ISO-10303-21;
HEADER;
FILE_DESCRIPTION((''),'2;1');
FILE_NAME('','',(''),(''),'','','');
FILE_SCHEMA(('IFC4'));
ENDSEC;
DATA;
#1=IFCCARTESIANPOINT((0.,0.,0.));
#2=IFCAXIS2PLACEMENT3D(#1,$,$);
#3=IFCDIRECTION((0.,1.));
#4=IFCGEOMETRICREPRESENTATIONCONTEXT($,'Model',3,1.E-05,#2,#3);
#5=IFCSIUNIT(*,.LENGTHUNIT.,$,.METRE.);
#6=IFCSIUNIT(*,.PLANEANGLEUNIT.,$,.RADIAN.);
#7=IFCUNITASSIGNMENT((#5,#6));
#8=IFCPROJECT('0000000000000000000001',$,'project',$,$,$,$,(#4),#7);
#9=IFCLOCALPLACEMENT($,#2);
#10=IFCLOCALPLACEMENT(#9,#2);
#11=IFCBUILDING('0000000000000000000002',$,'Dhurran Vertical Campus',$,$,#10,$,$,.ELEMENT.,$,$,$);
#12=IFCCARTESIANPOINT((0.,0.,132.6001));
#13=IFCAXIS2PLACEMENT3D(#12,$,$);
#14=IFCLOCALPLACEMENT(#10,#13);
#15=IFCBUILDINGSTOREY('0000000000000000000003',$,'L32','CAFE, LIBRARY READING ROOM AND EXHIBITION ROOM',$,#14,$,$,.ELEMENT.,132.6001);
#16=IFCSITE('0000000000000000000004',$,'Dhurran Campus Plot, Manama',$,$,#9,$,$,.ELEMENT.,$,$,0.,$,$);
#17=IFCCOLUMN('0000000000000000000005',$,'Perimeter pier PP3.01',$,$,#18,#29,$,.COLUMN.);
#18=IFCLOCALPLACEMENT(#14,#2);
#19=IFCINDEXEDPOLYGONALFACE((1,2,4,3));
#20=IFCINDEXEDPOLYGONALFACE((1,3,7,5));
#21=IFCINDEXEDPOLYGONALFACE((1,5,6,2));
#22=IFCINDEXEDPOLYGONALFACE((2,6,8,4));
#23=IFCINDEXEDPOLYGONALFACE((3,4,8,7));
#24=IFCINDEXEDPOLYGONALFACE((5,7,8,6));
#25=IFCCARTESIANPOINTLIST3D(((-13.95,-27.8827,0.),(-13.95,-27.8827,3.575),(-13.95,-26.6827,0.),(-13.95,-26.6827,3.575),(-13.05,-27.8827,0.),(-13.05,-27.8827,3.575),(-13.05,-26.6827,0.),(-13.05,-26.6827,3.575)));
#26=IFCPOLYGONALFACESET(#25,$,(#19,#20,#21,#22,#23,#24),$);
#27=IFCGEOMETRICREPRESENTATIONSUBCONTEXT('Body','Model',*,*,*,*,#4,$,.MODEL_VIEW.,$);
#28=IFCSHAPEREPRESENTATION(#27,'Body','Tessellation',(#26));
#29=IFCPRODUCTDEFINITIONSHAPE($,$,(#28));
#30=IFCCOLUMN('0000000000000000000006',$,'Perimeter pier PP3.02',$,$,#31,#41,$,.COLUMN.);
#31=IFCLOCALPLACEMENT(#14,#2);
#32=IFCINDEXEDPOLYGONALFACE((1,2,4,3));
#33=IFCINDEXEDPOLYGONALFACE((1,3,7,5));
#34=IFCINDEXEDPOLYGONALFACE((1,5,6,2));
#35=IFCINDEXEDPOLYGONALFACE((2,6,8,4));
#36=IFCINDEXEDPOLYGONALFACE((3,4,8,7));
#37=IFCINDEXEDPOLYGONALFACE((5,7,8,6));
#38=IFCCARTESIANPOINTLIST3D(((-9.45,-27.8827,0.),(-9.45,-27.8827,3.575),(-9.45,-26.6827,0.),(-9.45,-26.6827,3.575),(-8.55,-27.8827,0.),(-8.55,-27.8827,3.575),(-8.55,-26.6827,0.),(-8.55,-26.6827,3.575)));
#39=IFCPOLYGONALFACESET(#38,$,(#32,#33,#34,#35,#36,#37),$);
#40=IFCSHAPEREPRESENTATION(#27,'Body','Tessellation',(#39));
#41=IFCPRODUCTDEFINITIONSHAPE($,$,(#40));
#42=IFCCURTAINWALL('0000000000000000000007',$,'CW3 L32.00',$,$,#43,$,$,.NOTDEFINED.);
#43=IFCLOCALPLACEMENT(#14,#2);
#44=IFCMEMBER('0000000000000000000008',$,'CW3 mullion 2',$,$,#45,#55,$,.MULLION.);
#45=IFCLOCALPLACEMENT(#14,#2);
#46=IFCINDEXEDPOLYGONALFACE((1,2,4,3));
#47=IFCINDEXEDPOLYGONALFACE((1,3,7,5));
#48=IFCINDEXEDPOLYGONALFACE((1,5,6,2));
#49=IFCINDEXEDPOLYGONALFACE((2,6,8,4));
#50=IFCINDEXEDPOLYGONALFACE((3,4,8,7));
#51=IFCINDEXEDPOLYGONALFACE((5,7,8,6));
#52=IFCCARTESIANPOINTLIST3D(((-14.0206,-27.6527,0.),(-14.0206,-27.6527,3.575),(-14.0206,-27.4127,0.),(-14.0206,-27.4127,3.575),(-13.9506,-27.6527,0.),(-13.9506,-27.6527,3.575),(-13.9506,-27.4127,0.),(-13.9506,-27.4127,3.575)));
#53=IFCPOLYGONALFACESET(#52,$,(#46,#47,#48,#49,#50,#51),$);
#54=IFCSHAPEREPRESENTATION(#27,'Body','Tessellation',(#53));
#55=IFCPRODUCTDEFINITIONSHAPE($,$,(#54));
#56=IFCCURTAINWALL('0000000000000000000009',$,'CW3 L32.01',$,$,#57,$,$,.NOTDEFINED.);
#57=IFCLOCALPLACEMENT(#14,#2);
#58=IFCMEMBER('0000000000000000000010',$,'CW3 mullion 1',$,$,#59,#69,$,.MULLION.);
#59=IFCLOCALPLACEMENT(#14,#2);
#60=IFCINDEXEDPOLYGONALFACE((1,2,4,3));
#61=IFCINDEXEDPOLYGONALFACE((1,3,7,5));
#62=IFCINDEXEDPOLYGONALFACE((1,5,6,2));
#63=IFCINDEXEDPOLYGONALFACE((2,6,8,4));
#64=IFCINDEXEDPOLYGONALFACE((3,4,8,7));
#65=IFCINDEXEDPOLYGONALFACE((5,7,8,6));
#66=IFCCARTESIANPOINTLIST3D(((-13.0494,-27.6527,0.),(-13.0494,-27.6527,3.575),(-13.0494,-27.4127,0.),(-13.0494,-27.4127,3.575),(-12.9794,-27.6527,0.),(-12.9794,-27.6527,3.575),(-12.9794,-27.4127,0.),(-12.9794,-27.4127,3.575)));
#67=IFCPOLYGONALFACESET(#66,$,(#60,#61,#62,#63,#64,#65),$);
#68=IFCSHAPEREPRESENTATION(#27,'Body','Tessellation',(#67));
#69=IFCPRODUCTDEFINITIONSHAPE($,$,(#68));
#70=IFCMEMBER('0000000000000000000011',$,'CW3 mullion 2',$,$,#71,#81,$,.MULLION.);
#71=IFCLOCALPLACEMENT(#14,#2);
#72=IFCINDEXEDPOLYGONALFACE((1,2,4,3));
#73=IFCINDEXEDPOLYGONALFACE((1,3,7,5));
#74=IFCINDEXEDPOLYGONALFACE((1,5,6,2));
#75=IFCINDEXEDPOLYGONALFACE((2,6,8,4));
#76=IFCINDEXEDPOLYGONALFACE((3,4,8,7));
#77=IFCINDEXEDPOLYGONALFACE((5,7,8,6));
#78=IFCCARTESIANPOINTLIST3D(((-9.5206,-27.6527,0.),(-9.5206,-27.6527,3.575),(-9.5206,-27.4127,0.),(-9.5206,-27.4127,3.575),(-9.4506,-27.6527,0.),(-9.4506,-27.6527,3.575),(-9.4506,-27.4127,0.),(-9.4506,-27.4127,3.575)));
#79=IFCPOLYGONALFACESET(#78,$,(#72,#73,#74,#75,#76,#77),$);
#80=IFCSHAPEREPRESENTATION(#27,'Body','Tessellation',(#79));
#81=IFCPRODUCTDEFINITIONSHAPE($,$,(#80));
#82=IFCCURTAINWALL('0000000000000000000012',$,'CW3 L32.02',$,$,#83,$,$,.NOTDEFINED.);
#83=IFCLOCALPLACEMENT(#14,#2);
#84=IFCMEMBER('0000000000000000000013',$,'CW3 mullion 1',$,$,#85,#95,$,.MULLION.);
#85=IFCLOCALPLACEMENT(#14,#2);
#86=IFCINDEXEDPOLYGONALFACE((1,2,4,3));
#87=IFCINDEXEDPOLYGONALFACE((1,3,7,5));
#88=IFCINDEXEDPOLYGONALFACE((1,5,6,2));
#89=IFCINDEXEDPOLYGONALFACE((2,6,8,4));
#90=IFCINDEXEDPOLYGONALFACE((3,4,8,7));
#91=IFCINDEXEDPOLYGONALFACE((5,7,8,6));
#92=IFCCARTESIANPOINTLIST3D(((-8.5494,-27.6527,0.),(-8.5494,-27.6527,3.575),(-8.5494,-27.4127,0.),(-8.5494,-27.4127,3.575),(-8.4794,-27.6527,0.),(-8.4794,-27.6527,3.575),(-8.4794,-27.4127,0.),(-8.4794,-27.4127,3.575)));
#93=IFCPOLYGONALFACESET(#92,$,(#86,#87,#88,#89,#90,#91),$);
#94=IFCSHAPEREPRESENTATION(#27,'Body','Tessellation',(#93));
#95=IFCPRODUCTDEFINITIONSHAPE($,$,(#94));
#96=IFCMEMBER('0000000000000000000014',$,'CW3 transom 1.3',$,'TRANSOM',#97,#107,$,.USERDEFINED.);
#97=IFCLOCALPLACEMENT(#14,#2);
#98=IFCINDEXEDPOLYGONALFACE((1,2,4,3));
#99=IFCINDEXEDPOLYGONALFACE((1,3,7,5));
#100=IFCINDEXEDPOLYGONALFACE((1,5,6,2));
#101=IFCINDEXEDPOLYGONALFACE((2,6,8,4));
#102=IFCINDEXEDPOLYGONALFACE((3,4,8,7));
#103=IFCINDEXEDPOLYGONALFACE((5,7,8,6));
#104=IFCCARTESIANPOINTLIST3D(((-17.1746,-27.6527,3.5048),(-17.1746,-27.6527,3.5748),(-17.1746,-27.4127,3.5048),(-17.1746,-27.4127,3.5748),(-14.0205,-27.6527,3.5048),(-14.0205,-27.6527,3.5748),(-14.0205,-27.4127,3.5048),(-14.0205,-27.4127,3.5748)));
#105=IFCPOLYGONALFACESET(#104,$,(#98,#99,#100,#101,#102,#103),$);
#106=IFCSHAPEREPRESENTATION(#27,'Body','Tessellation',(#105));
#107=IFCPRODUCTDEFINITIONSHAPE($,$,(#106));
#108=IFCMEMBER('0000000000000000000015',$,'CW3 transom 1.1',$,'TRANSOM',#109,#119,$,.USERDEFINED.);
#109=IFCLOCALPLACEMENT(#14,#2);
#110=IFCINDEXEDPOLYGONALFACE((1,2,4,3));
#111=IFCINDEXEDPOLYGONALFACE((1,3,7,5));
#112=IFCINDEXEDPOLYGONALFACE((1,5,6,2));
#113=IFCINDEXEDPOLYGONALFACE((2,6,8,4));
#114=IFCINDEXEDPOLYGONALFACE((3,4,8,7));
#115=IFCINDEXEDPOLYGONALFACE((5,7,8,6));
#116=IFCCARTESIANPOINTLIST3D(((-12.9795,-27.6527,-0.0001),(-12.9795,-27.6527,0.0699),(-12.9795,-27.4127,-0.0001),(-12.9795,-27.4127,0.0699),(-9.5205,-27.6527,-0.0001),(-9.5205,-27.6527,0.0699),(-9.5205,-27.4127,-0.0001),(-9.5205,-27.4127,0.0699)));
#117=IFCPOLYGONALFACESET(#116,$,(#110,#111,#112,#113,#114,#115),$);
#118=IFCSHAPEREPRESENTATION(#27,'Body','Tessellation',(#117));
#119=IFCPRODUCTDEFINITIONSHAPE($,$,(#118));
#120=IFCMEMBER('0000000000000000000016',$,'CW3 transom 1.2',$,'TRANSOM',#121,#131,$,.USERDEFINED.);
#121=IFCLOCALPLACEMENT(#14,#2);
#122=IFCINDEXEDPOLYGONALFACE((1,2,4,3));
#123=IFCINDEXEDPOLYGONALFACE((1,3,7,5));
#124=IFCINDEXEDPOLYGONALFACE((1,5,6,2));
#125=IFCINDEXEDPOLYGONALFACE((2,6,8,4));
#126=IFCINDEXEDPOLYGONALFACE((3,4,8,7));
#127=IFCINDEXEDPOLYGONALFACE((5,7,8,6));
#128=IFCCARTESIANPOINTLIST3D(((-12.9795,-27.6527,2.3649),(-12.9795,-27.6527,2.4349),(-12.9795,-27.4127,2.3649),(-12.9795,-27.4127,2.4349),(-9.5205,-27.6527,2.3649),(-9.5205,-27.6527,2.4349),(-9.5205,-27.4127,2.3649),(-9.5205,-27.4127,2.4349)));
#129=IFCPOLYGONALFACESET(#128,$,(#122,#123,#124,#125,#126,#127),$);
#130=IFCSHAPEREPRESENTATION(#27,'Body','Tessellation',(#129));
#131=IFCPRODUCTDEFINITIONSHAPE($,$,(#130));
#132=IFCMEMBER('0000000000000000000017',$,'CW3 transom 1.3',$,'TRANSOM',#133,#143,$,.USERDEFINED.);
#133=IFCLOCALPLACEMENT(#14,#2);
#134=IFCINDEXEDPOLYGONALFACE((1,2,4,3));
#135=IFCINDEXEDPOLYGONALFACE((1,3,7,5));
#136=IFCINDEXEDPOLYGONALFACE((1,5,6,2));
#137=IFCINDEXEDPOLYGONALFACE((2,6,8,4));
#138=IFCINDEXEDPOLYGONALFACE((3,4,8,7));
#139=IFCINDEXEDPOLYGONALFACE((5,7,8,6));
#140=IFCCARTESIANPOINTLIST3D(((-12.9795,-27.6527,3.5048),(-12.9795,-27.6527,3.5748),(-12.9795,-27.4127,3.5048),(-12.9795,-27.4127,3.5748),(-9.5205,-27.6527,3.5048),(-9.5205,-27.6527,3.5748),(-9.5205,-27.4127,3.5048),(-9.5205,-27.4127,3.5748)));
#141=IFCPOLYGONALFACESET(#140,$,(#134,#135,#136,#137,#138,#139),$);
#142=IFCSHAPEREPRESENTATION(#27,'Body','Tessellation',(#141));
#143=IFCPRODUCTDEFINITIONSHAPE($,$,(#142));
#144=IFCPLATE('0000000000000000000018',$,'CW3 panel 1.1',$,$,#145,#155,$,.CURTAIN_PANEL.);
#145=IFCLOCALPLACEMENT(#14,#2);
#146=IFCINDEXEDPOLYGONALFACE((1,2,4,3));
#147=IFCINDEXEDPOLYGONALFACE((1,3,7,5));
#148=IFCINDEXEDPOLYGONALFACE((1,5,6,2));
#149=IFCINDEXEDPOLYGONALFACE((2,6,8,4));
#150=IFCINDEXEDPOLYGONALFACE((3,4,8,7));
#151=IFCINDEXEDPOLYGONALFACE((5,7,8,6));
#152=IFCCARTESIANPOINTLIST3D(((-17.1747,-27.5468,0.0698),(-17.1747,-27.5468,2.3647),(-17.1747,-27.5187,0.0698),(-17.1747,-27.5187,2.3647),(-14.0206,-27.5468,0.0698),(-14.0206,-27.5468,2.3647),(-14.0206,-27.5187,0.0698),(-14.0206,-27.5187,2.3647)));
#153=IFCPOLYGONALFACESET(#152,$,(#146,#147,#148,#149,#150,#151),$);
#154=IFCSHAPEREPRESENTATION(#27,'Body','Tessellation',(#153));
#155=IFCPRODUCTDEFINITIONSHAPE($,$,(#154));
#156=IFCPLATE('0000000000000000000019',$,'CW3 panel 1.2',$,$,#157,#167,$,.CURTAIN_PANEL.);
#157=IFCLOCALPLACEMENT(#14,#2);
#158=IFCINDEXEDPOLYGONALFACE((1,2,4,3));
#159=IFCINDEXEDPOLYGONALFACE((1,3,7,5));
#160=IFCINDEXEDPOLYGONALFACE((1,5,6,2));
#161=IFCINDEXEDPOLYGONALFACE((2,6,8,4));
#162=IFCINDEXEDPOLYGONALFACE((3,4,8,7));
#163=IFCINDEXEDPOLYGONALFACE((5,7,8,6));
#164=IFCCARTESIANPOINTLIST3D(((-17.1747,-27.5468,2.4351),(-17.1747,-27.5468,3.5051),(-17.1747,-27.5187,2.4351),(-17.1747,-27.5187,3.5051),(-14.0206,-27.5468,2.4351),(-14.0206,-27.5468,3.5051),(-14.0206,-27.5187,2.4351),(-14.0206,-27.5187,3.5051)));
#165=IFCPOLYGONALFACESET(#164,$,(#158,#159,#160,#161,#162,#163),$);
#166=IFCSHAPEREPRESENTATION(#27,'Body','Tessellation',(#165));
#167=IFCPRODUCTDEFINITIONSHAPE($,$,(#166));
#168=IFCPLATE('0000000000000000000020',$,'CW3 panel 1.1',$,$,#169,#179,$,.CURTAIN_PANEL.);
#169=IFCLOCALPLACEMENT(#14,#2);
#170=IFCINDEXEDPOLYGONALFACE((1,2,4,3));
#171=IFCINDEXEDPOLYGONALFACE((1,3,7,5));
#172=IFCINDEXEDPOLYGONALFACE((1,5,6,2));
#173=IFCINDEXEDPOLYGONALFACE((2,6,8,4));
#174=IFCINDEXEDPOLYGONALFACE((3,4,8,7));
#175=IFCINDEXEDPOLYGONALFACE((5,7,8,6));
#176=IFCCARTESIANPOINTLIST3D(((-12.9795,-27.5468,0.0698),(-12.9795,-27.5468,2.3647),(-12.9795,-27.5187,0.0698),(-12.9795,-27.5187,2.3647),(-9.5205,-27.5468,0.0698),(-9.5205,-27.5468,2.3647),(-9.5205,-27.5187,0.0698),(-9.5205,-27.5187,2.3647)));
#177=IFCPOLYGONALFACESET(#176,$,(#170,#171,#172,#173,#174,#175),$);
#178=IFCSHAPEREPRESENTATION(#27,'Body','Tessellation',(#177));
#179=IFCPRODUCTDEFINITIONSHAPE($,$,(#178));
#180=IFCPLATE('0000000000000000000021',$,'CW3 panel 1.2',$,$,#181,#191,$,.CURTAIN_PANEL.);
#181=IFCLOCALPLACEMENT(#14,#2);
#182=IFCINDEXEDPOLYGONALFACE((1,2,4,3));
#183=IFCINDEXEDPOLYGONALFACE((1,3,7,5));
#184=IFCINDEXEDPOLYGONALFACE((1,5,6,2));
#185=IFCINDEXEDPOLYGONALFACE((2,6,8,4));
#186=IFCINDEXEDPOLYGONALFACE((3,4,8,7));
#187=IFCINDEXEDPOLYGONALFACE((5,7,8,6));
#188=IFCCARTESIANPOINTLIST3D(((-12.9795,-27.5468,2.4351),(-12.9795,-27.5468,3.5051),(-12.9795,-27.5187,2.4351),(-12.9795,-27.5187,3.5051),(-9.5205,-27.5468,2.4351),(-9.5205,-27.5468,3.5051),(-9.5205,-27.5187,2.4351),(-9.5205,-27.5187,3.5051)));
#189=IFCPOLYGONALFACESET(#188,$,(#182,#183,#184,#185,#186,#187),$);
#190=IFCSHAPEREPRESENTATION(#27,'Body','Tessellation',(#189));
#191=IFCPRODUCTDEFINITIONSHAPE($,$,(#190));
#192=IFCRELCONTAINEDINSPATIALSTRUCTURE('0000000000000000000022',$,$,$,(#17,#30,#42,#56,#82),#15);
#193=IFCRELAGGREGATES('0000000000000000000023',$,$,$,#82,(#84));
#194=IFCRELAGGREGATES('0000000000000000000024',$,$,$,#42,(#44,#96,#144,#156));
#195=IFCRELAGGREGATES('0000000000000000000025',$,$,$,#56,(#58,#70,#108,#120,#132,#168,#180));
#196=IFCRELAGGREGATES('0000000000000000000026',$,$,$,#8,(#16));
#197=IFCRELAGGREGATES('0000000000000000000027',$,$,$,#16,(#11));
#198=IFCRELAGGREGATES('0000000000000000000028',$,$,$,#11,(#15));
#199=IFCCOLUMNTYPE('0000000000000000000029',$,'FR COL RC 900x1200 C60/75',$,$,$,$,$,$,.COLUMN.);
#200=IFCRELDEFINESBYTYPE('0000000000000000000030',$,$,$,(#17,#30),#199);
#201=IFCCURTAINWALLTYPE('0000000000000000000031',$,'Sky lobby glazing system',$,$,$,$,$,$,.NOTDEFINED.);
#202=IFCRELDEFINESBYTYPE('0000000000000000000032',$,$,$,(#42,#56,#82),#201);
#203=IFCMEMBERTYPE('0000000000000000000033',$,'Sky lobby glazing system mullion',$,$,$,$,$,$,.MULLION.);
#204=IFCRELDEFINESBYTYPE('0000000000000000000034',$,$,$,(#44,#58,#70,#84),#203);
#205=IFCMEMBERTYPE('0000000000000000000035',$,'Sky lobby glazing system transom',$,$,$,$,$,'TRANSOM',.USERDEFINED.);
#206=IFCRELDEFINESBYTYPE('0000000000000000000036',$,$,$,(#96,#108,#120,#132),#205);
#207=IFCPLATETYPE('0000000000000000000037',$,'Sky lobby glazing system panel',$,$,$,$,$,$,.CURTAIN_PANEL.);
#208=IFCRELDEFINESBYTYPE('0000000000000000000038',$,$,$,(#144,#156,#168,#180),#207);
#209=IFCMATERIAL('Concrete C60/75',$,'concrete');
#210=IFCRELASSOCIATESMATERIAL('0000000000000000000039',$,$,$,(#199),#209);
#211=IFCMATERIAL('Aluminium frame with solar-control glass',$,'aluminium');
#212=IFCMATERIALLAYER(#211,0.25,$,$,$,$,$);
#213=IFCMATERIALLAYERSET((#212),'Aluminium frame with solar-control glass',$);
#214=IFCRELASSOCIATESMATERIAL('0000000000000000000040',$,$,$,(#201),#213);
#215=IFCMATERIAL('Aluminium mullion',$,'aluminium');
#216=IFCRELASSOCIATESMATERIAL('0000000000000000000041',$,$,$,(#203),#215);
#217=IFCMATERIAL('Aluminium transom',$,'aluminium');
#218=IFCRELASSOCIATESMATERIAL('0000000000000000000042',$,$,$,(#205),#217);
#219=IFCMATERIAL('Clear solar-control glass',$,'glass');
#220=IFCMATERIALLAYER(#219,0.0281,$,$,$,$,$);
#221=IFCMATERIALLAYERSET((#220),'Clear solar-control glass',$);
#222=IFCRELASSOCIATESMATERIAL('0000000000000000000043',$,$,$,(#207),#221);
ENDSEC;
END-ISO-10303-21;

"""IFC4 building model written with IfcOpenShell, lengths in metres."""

from ifc_helpers import new_model, si_unit, direction, frame, origin, origin_2d, place, context, subcontext, project, spatial, rectangle, extrude, material, layer, layer_set, material_profile, profile_set, type_object, element, aggregate, save


model = new_model("IFC4")

# Units and contexts
model_context = context("Model", 3, precision=1e-05, world=origin(), true_north=direction((0.0, 1.0)))
body_context = subcontext(model_context, "Body", "Model", "MODEL_VIEW")
ifc_project = project(units=[si_unit("LENGTHUNIT", "METRE"), si_unit("PLANEANGLEUNIT", "RADIAN")], contexts=[model_context])

# Site, building, storey
site_placement = place(None, origin())
site = spatial("IfcSite", under=ifc_project, at=site_placement, Name="Dhurran Campus Plot, Manama", CompositionType="ELEMENT", RefElevation=0.0)
building_placement = place(site_placement, origin())
building = spatial("IfcBuilding", under=site, at=building_placement, Name="Dhurran Vertical Campus", CompositionType="ELEMENT")
storey_placement = place(building_placement, frame((0.0, 0.0, 132.6001)))
storey = spatial("IfcBuildingStorey", under=building, at=storey_placement, Name="L32", Description="CAFE, LIBRARY READING ROOM AND EXHIBITION ROOM", CompositionType="ELEMENT", Elevation=132.6001)

# Columns
ifc_material_1 = material(Name="Concrete C60/75", Category="concrete")
ifc_material_profile_1 = material_profile(ifc_material_1, rectangle(XDim=0.8999, YDim=1.2, at=origin_2d()), Name="RC 900x1200")
ifc_profile_set_1 = profile_set([ifc_material_profile_1], Name="Concrete C60/75")
column_type = type_object("IfcColumnType", Name="FR COL RC 900x1200 C60/75", PredefinedType="COLUMN", material=ifc_profile_set_1)
for number, where, z_axis, x_axis, name in (
    (1, (-13.5, -27.2827, 0.0), (0.0, 0.0, 1.0), (1.0, 0.0, 0.0), "Perimeter pier PP3.01"),
    (2, (-9.0, -27.2827, 0.0), (0.0, 0.0, 1.0), (1.0, 0.0, 0.0), "Perimeter pier PP3.02"),
):
    element("IfcColumn", number, at=place(storey_placement, frame(where, z_axis=z_axis, x_axis=x_axis)), inside=storey, type_object=column_type, Name=name, PredefinedType="COLUMN", context=body_context, shape_type="SweptSolid", body=[
        extrude(rectangle(XDim=0.8999, YDim=1.2, at=origin_2d()), origin(), (0.0, 0.0, 1.0), 3.575),
    ])

# Curtain wall, member
ifc_material_2 = material(Name="Aluminium frame with solar-control glass", Category="aluminium")
ifc_layer_1 = layer(ifc_material_2, 0.25)
ifc_layer_set_1 = layer_set([ifc_layer_1], Name="Aluminium frame with solar-control glass")
curtain_wall_type = type_object("IfcCurtainWallType", Name="Sky lobby glazing system", PredefinedType="NOTDEFINED", material=ifc_layer_set_1)
curtain_wall_1_placement = place(storey_placement, origin())
curtain_wall_1 = element("IfcCurtainWall", 3, at=curtain_wall_1_placement, inside=storey, type_object=curtain_wall_type, Name="CW3 L32.00", PredefinedType="NOTDEFINED")
ifc_material_3 = material(Name="Aluminium mullion", Category="aluminium")
ifc_material_profile_2 = material_profile(ifc_material_3, rectangle(XDim=0.24, YDim=0.0701, at=origin_2d()), Name="Sky lobby glazing system mullion")
ifc_profile_set_2 = profile_set([ifc_material_profile_2], Name="Aluminium mullion")
member_type_1 = type_object("IfcMemberType", Name="Sky lobby glazing system mullion", PredefinedType="MULLION", material=ifc_profile_set_2)
member_1_placement = place(storey_placement, frame((-13.9856, -27.5327, 0.0), z_axis=(0.0, 0.0, 1.0), x_axis=(0.0, 1.0, 0.0)))
member_1 = element("IfcMember", 4, at=member_1_placement, type_object=member_type_1, Name="CW3 mullion 2", PredefinedType="MULLION", context=body_context, shape_type="SweptSolid", body=[
    extrude(rectangle(XDim=0.24, YDim=0.0701, at=origin_2d()), origin(), (0.0, 0.0, 1.0), 3.575),
])

# Curtain wall, members
curtain_wall_2_placement = place(storey_placement, origin())
curtain_wall_2 = element("IfcCurtainWall", 5, at=curtain_wall_2_placement, inside=storey, type_object=curtain_wall_type, Name="CW3 L32.01", PredefinedType="NOTDEFINED")
member_2_placement = place(storey_placement, frame((-13.0144, -27.5327, 0.0), z_axis=(0.0, 0.0, 1.0), x_axis=(0.0, 1.0, 0.0)))
member_2 = element("IfcMember", 6, at=member_2_placement, type_object=member_type_1, Name="CW3 mullion 1", PredefinedType="MULLION", context=body_context, shape_type="SweptSolid", body=[
    extrude(rectangle(XDim=0.24, YDim=0.0701, at=origin_2d()), origin(), (0.0, 0.0, 1.0), 3.575),
])
member_3_placement = place(storey_placement, frame((-9.4856, -27.5327, 0.0), z_axis=(0.0, 0.0, 1.0), x_axis=(0.0, 1.0, 0.0)))
member_3 = element("IfcMember", 7, at=member_3_placement, type_object=member_type_1, Name="CW3 mullion 2", PredefinedType="MULLION", context=body_context, shape_type="SweptSolid", body=[
    extrude(rectangle(XDim=0.24, YDim=0.0701, at=origin_2d()), origin(), (0.0, 0.0, 1.0), 3.575),
])

# Curtain wall, member
curtain_wall_3_placement = place(storey_placement, origin())
curtain_wall_3 = element("IfcCurtainWall", 8, at=curtain_wall_3_placement, inside=storey, type_object=curtain_wall_type, Name="CW3 L32.02", PredefinedType="NOTDEFINED")
member_4_placement = place(storey_placement, frame((-8.5144, -27.5327, 0.0), z_axis=(0.0, 0.0, 1.0), x_axis=(0.0, 1.0, 0.0)))
member_4 = element("IfcMember", 9, at=member_4_placement, type_object=member_type_1, Name="CW3 mullion 1", PredefinedType="MULLION", context=body_context, shape_type="SweptSolid", body=[
    extrude(rectangle(XDim=0.24, YDim=0.0701, at=origin_2d()), origin(), (0.0, 0.0, 1.0), 3.575),
])
aggregate(curtain_wall_3, [member_4])

# Members
ifc_material_4 = material(Name="Aluminium transom", Category="aluminium")
ifc_material_profile_3 = material_profile(ifc_material_4, rectangle(XDim=0.24, YDim=0.0701, at=origin_2d()), Name="Sky lobby glazing system transom")
ifc_profile_set_3 = profile_set([ifc_material_profile_3], Name="Aluminium transom")
member_type_2 = type_object("IfcMemberType", Name="Sky lobby glazing system transom", ElementType="TRANSOM", PredefinedType="USERDEFINED", material=ifc_profile_set_3)
member_5_placement = place(storey_placement, frame((-17.1746, -27.5327, 3.5398), z_axis=(1.0, 0.0, 0.0), x_axis=(0.0, 1.0, 0.0)))
member_5 = element("IfcMember", 10, at=member_5_placement, type_object=member_type_2, Name="CW3 transom 1.3", ObjectType="TRANSOM", PredefinedType="USERDEFINED", context=body_context, shape_type="SweptSolid", body=[
    extrude(rectangle(XDim=0.24, YDim=0.0701, at=origin_2d()), origin(), (0.0, 0.0, 1.0), 3.1541),
])
member_6_placement = place(storey_placement, frame((-12.9795, -27.5327, 0.0349), z_axis=(1.0, 0.0, 0.0), x_axis=(0.0, 1.0, 0.0)))
member_6 = element("IfcMember", 11, at=member_6_placement, type_object=member_type_2, Name="CW3 transom 1.1", ObjectType="TRANSOM", PredefinedType="USERDEFINED", context=body_context, shape_type="SweptSolid", body=[
    extrude(rectangle(XDim=0.24, YDim=0.0701, at=origin_2d()), origin(), (0.0, 0.0, 1.0), 3.459),
])
member_7_placement = place(storey_placement, frame((-12.9795, -27.5327, 2.3999), z_axis=(1.0, 0.0, 0.0), x_axis=(0.0, 1.0, 0.0)))
member_7 = element("IfcMember", 12, at=member_7_placement, type_object=member_type_2, Name="CW3 transom 1.2", ObjectType="TRANSOM", PredefinedType="USERDEFINED", context=body_context, shape_type="SweptSolid", body=[
    extrude(rectangle(XDim=0.24, YDim=0.0701, at=origin_2d()), origin(), (0.0, 0.0, 1.0), 3.459),
])
member_8_placement = place(storey_placement, frame((-12.9795, -27.5327, 3.5398), z_axis=(1.0, 0.0, 0.0), x_axis=(0.0, 1.0, 0.0)))
member_8 = element("IfcMember", 13, at=member_8_placement, type_object=member_type_2, Name="CW3 transom 1.3", ObjectType="TRANSOM", PredefinedType="USERDEFINED", context=body_context, shape_type="SweptSolid", body=[
    extrude(rectangle(XDim=0.24, YDim=0.0701, at=origin_2d()), origin(), (0.0, 0.0, 1.0), 3.459),
])

# Plates
ifc_material_5 = material(Name="Clear solar-control glass", Category="glass")
ifc_layer_2 = layer(ifc_material_5, 0.0281)
ifc_layer_set_2 = layer_set([ifc_layer_2], Name="Clear solar-control glass")
plate_type = type_object("IfcPlateType", Name="Sky lobby glazing system panel", PredefinedType="CURTAIN_PANEL", material=ifc_layer_set_2)
plate_1_placement = place(storey_placement, frame((-15.5977, -27.5327, 0.0698), z_axis=(0.0, 0.0, 1.0), x_axis=(1.0, 0.0, 0.0)))
plate_1 = element("IfcPlate", 14, at=plate_1_placement, type_object=plate_type, Name="CW3 panel 1.1", PredefinedType="CURTAIN_PANEL", context=body_context, shape_type="SweptSolid", body=[
    extrude(rectangle(XDim=3.1541, YDim=0.0281, at=origin_2d()), origin(), (0.0, 0.0, 1.0), 2.2949),
])
plate_2_placement = place(storey_placement, frame((-15.5977, -27.5327, 2.4351), z_axis=(0.0, 0.0, 1.0), x_axis=(1.0, 0.0, 0.0)))
plate_2 = element("IfcPlate", 15, at=plate_2_placement, type_object=plate_type, Name="CW3 panel 1.2", PredefinedType="CURTAIN_PANEL", context=body_context, shape_type="SweptSolid", body=[
    extrude(rectangle(XDim=3.1541, YDim=0.0281, at=origin_2d()), origin(), (0.0, 0.0, 1.0), 1.0701),
])
aggregate(curtain_wall_1, [member_1, member_5, plate_1, plate_2])
plate_3_placement = place(storey_placement, frame((-11.25, -27.5327, 0.0698), z_axis=(0.0, 0.0, 1.0), x_axis=(1.0, 0.0, 0.0)))
plate_3 = element("IfcPlate", 16, at=plate_3_placement, type_object=plate_type, Name="CW3 panel 1.1", PredefinedType="CURTAIN_PANEL", context=body_context, shape_type="SweptSolid", body=[
    extrude(rectangle(XDim=3.459, YDim=0.0281, at=origin_2d()), origin(), (0.0, 0.0, 1.0), 2.2949),
])
plate_4_placement = place(storey_placement, frame((-11.25, -27.5327, 2.4351), z_axis=(0.0, 0.0, 1.0), x_axis=(1.0, 0.0, 0.0)))
plate_4 = element("IfcPlate", 17, at=plate_4_placement, type_object=plate_type, Name="CW3 panel 1.2", PredefinedType="CURTAIN_PANEL", context=body_context, shape_type="SweptSolid", body=[
    extrude(rectangle(XDim=3.459, YDim=0.0281, at=origin_2d()), origin(), (0.0, 0.0, 1.0), 1.0701),
])
aggregate(curtain_wall_2, [member_2, member_3, member_6, member_7, member_8, plate_3, plate_4])

save(model, "model.ifc")
